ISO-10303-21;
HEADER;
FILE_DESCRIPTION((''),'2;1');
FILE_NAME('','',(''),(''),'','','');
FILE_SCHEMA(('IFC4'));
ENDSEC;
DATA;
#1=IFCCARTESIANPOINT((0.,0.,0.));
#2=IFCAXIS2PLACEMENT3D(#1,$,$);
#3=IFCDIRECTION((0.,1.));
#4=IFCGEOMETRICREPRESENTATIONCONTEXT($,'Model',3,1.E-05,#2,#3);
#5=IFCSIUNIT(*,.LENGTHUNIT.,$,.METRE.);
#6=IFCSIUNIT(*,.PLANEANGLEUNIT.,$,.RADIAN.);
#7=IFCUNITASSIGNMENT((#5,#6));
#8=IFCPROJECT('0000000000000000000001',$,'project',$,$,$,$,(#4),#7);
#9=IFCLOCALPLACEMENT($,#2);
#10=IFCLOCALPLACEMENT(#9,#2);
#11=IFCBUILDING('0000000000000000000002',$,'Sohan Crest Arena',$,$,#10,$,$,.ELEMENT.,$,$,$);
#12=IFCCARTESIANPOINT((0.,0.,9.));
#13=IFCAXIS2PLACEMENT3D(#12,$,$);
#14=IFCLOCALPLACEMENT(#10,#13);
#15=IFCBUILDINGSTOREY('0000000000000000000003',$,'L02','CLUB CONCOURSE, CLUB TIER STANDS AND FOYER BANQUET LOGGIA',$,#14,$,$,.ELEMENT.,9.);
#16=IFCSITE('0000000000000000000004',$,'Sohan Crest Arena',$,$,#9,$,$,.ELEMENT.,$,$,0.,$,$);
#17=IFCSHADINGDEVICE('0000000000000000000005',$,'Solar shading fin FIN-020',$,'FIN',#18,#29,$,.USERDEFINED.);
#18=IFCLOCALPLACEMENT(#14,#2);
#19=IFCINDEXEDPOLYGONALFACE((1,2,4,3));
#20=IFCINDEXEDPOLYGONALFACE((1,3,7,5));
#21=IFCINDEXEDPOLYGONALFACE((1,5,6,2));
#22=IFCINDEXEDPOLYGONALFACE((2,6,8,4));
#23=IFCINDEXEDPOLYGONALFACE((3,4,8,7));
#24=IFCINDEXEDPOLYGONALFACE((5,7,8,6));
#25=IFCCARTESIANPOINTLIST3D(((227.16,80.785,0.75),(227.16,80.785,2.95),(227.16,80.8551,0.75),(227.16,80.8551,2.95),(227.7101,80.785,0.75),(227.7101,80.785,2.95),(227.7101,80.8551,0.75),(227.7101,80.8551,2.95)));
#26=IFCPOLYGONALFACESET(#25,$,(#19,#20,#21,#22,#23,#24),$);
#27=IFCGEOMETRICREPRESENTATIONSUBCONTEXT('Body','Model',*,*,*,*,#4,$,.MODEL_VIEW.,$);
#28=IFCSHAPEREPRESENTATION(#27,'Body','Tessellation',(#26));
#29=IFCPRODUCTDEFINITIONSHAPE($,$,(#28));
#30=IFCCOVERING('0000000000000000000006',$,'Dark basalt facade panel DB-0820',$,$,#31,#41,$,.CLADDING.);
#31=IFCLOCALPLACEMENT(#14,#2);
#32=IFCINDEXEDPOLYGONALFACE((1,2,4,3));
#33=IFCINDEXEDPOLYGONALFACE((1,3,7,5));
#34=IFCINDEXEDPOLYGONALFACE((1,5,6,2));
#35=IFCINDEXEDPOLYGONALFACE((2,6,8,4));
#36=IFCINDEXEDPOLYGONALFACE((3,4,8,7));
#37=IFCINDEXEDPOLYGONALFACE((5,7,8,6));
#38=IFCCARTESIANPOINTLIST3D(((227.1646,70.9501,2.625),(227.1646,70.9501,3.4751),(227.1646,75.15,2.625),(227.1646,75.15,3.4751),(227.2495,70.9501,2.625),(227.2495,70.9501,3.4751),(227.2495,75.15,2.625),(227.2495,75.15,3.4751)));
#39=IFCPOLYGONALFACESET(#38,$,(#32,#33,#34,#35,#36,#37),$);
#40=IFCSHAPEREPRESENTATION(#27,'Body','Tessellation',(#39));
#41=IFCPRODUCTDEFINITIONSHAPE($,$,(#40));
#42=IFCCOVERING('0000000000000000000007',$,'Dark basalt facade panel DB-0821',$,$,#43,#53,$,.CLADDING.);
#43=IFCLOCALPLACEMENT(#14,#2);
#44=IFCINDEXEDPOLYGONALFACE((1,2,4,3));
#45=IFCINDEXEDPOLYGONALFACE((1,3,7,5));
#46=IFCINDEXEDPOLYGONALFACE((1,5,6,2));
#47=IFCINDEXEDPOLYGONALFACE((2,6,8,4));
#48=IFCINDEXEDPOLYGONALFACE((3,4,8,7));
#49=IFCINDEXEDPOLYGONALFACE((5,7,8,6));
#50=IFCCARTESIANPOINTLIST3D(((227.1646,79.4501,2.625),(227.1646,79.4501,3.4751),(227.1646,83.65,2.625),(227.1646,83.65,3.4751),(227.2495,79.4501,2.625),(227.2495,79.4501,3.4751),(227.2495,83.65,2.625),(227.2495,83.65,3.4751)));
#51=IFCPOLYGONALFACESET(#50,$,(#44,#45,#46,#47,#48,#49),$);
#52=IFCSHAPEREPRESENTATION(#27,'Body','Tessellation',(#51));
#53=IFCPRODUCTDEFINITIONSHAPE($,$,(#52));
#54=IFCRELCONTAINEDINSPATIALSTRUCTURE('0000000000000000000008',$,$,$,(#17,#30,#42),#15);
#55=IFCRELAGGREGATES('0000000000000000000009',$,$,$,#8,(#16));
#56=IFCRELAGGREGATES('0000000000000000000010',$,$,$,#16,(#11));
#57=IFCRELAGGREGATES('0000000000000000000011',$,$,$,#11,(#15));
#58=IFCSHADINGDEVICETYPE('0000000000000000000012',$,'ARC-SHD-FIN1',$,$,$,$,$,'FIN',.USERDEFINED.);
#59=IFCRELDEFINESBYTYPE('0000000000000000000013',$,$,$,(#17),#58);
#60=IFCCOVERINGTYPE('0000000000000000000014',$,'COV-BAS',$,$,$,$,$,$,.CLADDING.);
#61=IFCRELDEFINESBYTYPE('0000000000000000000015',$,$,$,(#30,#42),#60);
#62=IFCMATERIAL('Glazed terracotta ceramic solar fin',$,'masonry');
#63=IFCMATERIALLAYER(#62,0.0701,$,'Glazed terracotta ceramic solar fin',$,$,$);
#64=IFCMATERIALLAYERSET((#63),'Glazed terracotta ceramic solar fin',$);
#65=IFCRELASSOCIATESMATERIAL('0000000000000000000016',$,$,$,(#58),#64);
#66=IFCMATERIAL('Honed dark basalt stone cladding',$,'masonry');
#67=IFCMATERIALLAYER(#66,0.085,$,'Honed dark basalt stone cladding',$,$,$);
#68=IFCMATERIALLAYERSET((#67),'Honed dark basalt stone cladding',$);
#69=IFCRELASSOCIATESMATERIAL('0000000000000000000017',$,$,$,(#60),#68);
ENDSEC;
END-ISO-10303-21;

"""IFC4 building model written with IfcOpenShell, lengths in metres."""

from ifc_helpers import new_model, si_unit, direction, frame, origin, origin_2d, place, context, subcontext, project, spatial, rectangle, extrude, material, layer, layer_set, type_object, element, save


model = new_model("IFC4")

# Units and contexts
model_context = context("Model", 3, precision=1e-05, world=origin(), true_north=direction((0.0, 1.0)))
body_context = subcontext(model_context, "Body", "Model", "MODEL_VIEW")
ifc_project = project(units=[si_unit("LENGTHUNIT", "METRE"), si_unit("PLANEANGLEUNIT", "RADIAN")], contexts=[model_context])

# Site, building, storey
site_placement = place(None, origin())
site = spatial("IfcSite", under=ifc_project, at=site_placement, Name="Sohan Crest Arena", CompositionType="ELEMENT", RefElevation=0.0)
building_placement = place(site_placement, origin())
building = spatial("IfcBuilding", under=site, at=building_placement, Name="Sohan Crest Arena", CompositionType="ELEMENT")
storey_placement = place(building_placement, frame((0.0, 0.0, 9.0)))
storey = spatial("IfcBuildingStorey", under=building, at=storey_placement, Name="L02", Description="CLUB CONCOURSE, CLUB TIER STANDS AND FOYER BANQUET LOGGIA", CompositionType="ELEMENT", Elevation=9.0)

# Shading device
ifc_material_1 = material(Name="Glazed terracotta ceramic solar fin", Category="masonry")
ifc_layer_1 = layer(ifc_material_1, 0.0701, Name="Glazed terracotta ceramic solar fin")
ifc_layer_set_1 = layer_set([ifc_layer_1], Name="Glazed terracotta ceramic solar fin")
shading_device_type = type_object("IfcShadingDeviceType", Name="ARC-SHD-FIN1", ElementType="FIN", PredefinedType="USERDEFINED", material=ifc_layer_set_1)
shading_device_placement = place(storey_placement, frame((227.4351, 80.8201, 0.75), z_axis=(0.0, 0.0, 1.0), x_axis=(0.0, 1.0, 0.0)))
element("IfcShadingDevice", 1, at=shading_device_placement, inside=storey, type_object=shading_device_type, Name="Solar shading fin FIN-020", ObjectType="FIN", PredefinedType="USERDEFINED", context=body_context, shape_type="SweptSolid", body=[
    extrude(rectangle(XDim=0.0701, YDim=0.55, at=origin_2d()), origin(), (0.0, 0.0, 1.0), 2.2),
])

# Coverings
ifc_material_2 = material(Name="Honed dark basalt stone cladding", Category="masonry")
ifc_layer_2 = layer(ifc_material_2, 0.085, Name="Honed dark basalt stone cladding")
ifc_layer_set_2 = layer_set([ifc_layer_2], Name="Honed dark basalt stone cladding")
covering_type = type_object("IfcCoveringType", Name="COV-BAS", PredefinedType="CLADDING", material=ifc_layer_set_2)
for number, where, z_axis, x_axis, name in (
    (2, (227.207, 73.05, 2.625), (0.0, 0.0, 1.0), (0.0, 1.0, 0.0), "Dark basalt facade panel DB-0820"),
    (3, (227.207, 81.55, 2.625), (0.0, 0.0, 1.0), (0.0, 1.0, 0.0), "Dark basalt facade panel DB-0821"),
):
    element("IfcCovering", number, at=place(storey_placement, frame(where, z_axis=z_axis, x_axis=x_axis)), inside=storey, type_object=covering_type, Name=name, PredefinedType="CLADDING", context=body_context, shape_type="SweptSolid", body=[
        extrude(rectangle(XDim=4.2, YDim=0.085, at=origin_2d()), origin(), (0.0, 0.0, 1.0), 0.8501),
    ])

save(model, "model.ifc")
